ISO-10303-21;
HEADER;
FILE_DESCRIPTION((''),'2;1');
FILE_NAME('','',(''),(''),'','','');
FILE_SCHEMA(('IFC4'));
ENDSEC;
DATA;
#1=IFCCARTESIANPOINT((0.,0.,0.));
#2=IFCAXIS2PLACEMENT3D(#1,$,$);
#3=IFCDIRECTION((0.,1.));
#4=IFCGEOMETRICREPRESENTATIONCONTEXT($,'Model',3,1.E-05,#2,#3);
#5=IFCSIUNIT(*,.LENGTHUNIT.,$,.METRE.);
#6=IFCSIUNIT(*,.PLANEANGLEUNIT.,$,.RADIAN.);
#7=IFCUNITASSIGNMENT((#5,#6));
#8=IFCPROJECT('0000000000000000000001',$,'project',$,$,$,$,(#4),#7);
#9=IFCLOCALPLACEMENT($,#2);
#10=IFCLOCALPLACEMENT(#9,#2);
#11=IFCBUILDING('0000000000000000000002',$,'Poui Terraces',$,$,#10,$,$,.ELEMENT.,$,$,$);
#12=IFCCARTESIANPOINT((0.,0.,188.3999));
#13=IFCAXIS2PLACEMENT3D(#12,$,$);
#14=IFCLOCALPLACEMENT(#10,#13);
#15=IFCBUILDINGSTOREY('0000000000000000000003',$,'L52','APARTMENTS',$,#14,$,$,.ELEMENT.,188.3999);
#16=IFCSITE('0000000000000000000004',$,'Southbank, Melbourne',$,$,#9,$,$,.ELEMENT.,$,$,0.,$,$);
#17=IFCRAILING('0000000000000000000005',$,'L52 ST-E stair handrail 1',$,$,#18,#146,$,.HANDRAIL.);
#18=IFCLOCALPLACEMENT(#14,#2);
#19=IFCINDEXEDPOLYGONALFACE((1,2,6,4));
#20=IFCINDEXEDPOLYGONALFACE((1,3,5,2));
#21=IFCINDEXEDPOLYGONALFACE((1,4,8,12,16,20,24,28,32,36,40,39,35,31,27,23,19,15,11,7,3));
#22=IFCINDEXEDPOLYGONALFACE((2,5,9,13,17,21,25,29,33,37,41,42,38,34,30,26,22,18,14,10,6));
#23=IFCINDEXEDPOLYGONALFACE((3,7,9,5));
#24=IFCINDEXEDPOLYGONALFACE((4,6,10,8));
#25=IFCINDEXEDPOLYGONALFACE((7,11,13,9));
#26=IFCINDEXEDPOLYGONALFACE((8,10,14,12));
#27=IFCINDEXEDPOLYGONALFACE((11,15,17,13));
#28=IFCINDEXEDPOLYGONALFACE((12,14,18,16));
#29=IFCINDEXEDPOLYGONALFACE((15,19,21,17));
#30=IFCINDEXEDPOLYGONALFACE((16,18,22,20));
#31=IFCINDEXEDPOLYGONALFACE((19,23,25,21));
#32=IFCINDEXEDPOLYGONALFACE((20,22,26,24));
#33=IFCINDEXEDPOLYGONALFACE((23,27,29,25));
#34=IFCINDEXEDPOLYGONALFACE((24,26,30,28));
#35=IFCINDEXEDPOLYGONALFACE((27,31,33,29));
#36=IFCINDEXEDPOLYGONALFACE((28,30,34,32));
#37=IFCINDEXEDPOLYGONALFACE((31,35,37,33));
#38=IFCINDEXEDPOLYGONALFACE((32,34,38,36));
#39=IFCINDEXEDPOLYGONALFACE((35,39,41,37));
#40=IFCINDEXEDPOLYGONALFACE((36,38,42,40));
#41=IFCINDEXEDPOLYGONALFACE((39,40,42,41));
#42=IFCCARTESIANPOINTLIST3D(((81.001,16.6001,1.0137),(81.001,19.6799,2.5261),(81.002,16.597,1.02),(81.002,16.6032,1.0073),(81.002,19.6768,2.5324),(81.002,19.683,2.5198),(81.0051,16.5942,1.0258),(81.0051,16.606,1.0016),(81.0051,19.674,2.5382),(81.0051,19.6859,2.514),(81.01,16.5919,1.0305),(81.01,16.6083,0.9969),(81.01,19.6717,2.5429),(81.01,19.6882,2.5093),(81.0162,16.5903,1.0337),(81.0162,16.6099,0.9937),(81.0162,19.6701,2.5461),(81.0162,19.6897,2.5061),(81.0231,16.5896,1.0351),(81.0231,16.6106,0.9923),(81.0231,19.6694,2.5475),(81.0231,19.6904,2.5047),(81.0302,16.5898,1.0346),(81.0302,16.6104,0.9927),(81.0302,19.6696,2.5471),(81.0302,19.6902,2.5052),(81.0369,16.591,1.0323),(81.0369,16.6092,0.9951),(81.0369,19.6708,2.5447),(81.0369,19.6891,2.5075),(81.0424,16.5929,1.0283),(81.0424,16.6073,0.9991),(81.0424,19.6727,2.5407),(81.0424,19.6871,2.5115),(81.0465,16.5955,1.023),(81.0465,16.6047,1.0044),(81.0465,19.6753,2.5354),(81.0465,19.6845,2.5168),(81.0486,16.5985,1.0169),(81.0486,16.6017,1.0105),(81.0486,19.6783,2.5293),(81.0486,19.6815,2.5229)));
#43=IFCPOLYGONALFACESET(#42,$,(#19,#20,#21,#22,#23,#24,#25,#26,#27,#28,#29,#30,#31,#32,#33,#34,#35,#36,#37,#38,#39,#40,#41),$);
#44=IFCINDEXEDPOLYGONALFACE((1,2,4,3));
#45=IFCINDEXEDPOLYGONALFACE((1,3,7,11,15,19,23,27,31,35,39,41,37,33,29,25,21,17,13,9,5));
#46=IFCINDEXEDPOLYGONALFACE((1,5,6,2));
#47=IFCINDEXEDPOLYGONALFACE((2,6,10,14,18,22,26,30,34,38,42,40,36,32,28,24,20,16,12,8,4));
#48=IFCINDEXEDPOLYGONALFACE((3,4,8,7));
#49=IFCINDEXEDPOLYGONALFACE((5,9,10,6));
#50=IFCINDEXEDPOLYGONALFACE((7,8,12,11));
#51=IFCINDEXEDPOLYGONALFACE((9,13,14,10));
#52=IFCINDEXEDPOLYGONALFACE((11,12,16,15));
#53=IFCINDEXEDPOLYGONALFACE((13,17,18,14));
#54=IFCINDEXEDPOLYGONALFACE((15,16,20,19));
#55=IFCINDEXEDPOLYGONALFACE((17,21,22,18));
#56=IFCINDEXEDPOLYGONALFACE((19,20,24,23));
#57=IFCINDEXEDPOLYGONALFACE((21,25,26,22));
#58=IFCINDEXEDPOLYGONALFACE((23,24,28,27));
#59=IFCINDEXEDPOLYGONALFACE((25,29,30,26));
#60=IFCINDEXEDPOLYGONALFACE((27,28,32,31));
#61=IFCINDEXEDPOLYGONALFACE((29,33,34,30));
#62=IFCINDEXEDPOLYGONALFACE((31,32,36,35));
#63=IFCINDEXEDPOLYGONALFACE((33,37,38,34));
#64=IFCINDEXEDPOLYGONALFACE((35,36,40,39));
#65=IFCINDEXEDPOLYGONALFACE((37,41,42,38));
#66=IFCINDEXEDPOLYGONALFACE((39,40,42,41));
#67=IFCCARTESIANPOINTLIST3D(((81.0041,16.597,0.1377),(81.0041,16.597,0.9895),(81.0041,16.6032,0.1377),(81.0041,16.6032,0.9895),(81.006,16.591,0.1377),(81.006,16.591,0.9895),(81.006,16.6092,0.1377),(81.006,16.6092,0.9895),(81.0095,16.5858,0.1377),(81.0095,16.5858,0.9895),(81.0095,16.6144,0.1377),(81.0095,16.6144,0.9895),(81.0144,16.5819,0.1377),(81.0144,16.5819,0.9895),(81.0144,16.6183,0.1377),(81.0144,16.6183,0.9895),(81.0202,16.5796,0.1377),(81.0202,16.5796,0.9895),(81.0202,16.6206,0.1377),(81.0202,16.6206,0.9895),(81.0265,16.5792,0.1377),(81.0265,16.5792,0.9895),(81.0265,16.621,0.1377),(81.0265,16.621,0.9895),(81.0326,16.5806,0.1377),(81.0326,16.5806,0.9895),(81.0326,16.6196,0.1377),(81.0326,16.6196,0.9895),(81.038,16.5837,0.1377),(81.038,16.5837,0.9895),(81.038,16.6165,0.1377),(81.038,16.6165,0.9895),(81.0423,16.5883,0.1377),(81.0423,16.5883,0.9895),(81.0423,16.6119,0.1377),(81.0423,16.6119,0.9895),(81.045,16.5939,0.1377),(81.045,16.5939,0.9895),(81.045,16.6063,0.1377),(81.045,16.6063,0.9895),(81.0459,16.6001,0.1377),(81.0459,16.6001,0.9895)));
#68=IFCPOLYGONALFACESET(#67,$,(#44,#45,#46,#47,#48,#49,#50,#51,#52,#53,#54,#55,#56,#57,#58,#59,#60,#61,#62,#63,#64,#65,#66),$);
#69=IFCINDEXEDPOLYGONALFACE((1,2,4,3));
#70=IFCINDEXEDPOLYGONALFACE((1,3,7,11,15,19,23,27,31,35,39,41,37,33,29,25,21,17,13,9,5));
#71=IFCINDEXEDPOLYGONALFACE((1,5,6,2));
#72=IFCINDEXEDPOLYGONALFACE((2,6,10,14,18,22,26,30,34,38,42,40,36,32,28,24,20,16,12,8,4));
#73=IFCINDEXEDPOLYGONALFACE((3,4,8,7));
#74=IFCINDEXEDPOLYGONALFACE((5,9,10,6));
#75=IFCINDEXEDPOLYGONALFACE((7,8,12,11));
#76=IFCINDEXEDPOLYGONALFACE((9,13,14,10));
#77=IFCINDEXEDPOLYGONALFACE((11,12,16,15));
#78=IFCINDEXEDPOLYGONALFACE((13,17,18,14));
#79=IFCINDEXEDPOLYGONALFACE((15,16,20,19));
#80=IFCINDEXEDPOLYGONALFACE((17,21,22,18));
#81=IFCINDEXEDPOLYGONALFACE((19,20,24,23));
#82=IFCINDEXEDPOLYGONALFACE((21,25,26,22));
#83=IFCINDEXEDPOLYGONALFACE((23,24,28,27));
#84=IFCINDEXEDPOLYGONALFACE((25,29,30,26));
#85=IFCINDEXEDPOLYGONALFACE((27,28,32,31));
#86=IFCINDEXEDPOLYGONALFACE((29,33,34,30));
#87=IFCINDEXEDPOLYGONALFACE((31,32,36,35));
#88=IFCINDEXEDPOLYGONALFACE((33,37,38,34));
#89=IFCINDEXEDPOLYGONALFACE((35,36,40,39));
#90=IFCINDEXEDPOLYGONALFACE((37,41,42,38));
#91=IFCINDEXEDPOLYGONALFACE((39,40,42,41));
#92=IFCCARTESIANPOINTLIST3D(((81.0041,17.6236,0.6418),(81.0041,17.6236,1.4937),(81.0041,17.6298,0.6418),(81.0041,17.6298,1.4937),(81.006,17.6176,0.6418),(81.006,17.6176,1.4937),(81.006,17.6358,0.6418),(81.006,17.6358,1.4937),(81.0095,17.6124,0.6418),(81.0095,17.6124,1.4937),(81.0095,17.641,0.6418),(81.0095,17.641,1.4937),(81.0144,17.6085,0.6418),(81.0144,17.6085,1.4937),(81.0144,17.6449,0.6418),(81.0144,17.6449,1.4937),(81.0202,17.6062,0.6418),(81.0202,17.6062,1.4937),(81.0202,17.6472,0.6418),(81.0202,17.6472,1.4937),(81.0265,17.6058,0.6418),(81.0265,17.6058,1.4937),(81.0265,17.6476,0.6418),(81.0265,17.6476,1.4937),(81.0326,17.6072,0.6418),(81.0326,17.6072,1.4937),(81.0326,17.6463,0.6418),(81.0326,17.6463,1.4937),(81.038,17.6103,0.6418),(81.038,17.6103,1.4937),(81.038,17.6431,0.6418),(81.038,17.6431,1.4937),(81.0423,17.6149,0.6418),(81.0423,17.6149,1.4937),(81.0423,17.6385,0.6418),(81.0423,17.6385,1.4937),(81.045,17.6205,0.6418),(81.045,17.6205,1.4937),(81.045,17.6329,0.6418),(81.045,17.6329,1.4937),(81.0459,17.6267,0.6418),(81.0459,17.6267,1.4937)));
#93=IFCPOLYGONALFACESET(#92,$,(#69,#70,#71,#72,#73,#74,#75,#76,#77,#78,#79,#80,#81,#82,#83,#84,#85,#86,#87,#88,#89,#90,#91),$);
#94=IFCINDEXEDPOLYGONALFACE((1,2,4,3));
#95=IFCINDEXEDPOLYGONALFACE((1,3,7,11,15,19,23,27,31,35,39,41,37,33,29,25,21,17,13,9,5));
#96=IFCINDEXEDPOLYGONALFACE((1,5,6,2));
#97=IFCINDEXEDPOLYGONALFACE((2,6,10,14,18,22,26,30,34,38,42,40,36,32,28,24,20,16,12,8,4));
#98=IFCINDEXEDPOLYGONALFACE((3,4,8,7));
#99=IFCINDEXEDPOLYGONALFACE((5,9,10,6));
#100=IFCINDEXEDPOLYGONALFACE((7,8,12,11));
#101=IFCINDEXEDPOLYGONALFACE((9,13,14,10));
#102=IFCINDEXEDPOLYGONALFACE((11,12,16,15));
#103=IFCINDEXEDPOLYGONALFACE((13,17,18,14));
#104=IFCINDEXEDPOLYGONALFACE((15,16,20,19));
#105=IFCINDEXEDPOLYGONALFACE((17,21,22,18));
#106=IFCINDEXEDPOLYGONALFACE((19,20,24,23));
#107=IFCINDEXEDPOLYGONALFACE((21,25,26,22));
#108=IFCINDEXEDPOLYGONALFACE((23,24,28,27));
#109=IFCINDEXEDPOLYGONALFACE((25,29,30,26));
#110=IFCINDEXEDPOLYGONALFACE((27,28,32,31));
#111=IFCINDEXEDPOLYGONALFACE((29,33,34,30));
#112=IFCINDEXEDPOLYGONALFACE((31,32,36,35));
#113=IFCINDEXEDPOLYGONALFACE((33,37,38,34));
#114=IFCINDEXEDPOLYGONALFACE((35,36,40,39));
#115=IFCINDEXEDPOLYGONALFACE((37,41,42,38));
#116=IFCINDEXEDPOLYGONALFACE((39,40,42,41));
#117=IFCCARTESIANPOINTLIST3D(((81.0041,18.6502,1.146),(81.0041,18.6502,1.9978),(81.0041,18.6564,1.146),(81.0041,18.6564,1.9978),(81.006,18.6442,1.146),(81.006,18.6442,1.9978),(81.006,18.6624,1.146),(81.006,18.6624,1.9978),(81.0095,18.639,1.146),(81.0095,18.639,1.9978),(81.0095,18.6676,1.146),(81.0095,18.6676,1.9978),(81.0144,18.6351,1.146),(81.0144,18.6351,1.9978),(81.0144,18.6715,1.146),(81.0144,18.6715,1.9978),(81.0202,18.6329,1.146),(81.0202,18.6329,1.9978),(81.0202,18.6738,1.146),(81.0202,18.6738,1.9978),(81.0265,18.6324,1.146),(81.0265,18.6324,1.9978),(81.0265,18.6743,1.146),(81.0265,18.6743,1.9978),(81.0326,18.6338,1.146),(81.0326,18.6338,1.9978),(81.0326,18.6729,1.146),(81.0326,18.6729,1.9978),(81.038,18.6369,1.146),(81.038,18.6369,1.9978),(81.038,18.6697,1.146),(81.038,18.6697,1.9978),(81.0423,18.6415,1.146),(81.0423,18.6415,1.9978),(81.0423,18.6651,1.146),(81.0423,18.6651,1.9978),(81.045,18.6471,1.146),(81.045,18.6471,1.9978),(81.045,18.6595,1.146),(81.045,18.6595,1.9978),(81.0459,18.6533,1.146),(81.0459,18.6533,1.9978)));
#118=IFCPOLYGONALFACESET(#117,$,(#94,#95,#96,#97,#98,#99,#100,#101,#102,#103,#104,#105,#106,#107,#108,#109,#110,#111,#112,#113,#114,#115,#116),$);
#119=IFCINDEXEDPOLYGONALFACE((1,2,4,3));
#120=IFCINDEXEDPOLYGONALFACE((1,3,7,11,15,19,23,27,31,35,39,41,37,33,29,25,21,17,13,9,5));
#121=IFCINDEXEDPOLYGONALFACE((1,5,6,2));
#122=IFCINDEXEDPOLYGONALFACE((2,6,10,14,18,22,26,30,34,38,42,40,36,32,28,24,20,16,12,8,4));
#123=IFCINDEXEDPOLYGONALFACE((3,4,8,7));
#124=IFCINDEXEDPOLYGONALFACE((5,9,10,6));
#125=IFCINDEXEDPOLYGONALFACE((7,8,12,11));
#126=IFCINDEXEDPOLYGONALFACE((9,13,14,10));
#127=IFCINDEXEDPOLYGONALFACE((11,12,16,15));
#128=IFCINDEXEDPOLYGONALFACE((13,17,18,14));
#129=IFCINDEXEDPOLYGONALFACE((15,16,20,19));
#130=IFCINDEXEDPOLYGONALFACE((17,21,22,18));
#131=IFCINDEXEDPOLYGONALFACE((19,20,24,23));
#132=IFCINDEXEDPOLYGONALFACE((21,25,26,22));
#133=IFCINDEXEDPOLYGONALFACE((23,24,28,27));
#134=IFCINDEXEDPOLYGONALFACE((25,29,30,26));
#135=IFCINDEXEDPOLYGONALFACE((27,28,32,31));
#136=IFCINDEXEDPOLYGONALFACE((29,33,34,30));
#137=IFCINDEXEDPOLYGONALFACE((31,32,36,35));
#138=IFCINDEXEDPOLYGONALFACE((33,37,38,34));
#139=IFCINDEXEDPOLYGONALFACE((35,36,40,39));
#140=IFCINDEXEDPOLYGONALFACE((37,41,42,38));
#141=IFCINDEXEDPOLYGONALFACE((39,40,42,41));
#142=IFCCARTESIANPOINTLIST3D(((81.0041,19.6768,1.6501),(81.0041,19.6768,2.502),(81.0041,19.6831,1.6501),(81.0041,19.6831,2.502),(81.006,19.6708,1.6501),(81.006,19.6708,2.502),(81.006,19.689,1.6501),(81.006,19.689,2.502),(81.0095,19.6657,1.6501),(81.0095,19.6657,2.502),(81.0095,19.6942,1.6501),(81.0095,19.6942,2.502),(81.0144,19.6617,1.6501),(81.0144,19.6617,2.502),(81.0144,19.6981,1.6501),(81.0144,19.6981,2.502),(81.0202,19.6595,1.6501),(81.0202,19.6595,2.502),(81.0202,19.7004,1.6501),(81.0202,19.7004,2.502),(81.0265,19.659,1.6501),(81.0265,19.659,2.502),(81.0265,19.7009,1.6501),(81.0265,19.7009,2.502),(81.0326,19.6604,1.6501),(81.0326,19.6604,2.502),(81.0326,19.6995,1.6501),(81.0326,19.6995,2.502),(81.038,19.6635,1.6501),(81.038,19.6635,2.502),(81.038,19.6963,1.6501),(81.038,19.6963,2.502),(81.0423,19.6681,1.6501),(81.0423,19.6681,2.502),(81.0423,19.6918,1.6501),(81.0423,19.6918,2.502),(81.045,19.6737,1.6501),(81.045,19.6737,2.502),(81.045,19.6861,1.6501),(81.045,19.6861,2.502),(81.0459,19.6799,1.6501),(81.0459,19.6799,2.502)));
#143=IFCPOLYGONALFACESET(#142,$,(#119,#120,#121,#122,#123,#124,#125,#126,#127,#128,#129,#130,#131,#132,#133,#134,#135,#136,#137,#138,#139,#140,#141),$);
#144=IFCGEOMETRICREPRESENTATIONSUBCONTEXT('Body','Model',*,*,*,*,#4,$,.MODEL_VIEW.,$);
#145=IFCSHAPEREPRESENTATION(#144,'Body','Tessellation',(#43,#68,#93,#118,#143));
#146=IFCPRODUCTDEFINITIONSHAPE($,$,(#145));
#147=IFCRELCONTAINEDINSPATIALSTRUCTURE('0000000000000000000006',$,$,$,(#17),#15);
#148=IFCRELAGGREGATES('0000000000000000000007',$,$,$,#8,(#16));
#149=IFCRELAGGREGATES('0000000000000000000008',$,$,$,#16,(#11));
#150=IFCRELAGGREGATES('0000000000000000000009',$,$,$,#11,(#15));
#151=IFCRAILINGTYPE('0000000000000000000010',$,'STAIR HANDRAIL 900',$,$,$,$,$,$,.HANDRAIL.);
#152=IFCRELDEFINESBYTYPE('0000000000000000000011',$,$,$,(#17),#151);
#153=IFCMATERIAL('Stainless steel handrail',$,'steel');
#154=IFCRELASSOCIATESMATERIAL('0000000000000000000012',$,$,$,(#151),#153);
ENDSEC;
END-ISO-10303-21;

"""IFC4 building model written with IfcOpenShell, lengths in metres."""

from ifc_helpers import new_model, si_unit, direction, frame, origin, origin_2d, place, context, subcontext, project, spatial, circle, extrude, material, type_object, element, save


model = new_model("IFC4")

# Units and contexts
model_context = context("Model", 3, precision=1e-05, world=origin(), true_north=direction((0.0, 1.0)))
body_context = subcontext(model_context, "Body", "Model", "MODEL_VIEW")
ifc_project = project(units=[si_unit("LENGTHUNIT", "METRE"), si_unit("PLANEANGLEUNIT", "RADIAN")], contexts=[model_context])

# Site, building, storey
site_placement = place(None, origin())
site = spatial("IfcSite", under=ifc_project, at=site_placement, Name="Southbank, Melbourne", CompositionType="ELEMENT", RefElevation=0.0)
building_placement = place(site_placement, origin())
building = spatial("IfcBuilding", under=site, at=building_placement, Name="Poui Terraces", CompositionType="ELEMENT")
storey_placement = place(building_placement, frame((0.0, 0.0, 188.3999)))
storey = spatial("IfcBuildingStorey", under=building, at=storey_placement, Name="L52", Description="APARTMENTS", CompositionType="ELEMENT", Elevation=188.3999)

# Railing
ifc_material_1 = material(Name="Stainless steel handrail", Category="steel")
railing_type_1 = type_object("IfcRailingType", Name="STAIR HANDRAIL 900", PredefinedType="HANDRAIL", material=ifc_material_1)
railing_1_placement = place(storey_placement, frame((81.0249, 16.6001, 0.1377)))
element("IfcRailing", 1, at=railing_1_placement, inside=storey, type_object=railing_type_1, Name="L52 ST-E stair handrail 1", PredefinedType="HANDRAIL", context=body_context, shape_type="SweptSolid", body=[
    extrude(circle(Radius=0.0239, at=origin_2d()), frame((0.0, 0.0, 0.876), z_axis=(0.0, 0.897606, 0.440798), x_axis=(-1.0, 0.0, 0.0)), (0.0, 0.0, 1.0), 3.4312),
    extrude(circle(Radius=0.021, at=origin_2d()), origin(), (0.0, 0.0, 1.0), 0.8518),
    extrude(circle(Radius=0.021, at=origin_2d()), frame((0.0, 1.0266, 0.5042)), (0.0, 0.0, 1.0), 0.8518),
    extrude(circle(Radius=0.021, at=origin_2d()), frame((0.0, 2.0532, 1.0083)), (0.0, 0.0, 1.0), 0.8518),
    extrude(circle(Radius=0.021, at=origin_2d()), frame((0.0, 3.0798, 1.5125)), (0.0, 0.0, 1.0), 0.8518),
])

save(model, "model.ifc")
